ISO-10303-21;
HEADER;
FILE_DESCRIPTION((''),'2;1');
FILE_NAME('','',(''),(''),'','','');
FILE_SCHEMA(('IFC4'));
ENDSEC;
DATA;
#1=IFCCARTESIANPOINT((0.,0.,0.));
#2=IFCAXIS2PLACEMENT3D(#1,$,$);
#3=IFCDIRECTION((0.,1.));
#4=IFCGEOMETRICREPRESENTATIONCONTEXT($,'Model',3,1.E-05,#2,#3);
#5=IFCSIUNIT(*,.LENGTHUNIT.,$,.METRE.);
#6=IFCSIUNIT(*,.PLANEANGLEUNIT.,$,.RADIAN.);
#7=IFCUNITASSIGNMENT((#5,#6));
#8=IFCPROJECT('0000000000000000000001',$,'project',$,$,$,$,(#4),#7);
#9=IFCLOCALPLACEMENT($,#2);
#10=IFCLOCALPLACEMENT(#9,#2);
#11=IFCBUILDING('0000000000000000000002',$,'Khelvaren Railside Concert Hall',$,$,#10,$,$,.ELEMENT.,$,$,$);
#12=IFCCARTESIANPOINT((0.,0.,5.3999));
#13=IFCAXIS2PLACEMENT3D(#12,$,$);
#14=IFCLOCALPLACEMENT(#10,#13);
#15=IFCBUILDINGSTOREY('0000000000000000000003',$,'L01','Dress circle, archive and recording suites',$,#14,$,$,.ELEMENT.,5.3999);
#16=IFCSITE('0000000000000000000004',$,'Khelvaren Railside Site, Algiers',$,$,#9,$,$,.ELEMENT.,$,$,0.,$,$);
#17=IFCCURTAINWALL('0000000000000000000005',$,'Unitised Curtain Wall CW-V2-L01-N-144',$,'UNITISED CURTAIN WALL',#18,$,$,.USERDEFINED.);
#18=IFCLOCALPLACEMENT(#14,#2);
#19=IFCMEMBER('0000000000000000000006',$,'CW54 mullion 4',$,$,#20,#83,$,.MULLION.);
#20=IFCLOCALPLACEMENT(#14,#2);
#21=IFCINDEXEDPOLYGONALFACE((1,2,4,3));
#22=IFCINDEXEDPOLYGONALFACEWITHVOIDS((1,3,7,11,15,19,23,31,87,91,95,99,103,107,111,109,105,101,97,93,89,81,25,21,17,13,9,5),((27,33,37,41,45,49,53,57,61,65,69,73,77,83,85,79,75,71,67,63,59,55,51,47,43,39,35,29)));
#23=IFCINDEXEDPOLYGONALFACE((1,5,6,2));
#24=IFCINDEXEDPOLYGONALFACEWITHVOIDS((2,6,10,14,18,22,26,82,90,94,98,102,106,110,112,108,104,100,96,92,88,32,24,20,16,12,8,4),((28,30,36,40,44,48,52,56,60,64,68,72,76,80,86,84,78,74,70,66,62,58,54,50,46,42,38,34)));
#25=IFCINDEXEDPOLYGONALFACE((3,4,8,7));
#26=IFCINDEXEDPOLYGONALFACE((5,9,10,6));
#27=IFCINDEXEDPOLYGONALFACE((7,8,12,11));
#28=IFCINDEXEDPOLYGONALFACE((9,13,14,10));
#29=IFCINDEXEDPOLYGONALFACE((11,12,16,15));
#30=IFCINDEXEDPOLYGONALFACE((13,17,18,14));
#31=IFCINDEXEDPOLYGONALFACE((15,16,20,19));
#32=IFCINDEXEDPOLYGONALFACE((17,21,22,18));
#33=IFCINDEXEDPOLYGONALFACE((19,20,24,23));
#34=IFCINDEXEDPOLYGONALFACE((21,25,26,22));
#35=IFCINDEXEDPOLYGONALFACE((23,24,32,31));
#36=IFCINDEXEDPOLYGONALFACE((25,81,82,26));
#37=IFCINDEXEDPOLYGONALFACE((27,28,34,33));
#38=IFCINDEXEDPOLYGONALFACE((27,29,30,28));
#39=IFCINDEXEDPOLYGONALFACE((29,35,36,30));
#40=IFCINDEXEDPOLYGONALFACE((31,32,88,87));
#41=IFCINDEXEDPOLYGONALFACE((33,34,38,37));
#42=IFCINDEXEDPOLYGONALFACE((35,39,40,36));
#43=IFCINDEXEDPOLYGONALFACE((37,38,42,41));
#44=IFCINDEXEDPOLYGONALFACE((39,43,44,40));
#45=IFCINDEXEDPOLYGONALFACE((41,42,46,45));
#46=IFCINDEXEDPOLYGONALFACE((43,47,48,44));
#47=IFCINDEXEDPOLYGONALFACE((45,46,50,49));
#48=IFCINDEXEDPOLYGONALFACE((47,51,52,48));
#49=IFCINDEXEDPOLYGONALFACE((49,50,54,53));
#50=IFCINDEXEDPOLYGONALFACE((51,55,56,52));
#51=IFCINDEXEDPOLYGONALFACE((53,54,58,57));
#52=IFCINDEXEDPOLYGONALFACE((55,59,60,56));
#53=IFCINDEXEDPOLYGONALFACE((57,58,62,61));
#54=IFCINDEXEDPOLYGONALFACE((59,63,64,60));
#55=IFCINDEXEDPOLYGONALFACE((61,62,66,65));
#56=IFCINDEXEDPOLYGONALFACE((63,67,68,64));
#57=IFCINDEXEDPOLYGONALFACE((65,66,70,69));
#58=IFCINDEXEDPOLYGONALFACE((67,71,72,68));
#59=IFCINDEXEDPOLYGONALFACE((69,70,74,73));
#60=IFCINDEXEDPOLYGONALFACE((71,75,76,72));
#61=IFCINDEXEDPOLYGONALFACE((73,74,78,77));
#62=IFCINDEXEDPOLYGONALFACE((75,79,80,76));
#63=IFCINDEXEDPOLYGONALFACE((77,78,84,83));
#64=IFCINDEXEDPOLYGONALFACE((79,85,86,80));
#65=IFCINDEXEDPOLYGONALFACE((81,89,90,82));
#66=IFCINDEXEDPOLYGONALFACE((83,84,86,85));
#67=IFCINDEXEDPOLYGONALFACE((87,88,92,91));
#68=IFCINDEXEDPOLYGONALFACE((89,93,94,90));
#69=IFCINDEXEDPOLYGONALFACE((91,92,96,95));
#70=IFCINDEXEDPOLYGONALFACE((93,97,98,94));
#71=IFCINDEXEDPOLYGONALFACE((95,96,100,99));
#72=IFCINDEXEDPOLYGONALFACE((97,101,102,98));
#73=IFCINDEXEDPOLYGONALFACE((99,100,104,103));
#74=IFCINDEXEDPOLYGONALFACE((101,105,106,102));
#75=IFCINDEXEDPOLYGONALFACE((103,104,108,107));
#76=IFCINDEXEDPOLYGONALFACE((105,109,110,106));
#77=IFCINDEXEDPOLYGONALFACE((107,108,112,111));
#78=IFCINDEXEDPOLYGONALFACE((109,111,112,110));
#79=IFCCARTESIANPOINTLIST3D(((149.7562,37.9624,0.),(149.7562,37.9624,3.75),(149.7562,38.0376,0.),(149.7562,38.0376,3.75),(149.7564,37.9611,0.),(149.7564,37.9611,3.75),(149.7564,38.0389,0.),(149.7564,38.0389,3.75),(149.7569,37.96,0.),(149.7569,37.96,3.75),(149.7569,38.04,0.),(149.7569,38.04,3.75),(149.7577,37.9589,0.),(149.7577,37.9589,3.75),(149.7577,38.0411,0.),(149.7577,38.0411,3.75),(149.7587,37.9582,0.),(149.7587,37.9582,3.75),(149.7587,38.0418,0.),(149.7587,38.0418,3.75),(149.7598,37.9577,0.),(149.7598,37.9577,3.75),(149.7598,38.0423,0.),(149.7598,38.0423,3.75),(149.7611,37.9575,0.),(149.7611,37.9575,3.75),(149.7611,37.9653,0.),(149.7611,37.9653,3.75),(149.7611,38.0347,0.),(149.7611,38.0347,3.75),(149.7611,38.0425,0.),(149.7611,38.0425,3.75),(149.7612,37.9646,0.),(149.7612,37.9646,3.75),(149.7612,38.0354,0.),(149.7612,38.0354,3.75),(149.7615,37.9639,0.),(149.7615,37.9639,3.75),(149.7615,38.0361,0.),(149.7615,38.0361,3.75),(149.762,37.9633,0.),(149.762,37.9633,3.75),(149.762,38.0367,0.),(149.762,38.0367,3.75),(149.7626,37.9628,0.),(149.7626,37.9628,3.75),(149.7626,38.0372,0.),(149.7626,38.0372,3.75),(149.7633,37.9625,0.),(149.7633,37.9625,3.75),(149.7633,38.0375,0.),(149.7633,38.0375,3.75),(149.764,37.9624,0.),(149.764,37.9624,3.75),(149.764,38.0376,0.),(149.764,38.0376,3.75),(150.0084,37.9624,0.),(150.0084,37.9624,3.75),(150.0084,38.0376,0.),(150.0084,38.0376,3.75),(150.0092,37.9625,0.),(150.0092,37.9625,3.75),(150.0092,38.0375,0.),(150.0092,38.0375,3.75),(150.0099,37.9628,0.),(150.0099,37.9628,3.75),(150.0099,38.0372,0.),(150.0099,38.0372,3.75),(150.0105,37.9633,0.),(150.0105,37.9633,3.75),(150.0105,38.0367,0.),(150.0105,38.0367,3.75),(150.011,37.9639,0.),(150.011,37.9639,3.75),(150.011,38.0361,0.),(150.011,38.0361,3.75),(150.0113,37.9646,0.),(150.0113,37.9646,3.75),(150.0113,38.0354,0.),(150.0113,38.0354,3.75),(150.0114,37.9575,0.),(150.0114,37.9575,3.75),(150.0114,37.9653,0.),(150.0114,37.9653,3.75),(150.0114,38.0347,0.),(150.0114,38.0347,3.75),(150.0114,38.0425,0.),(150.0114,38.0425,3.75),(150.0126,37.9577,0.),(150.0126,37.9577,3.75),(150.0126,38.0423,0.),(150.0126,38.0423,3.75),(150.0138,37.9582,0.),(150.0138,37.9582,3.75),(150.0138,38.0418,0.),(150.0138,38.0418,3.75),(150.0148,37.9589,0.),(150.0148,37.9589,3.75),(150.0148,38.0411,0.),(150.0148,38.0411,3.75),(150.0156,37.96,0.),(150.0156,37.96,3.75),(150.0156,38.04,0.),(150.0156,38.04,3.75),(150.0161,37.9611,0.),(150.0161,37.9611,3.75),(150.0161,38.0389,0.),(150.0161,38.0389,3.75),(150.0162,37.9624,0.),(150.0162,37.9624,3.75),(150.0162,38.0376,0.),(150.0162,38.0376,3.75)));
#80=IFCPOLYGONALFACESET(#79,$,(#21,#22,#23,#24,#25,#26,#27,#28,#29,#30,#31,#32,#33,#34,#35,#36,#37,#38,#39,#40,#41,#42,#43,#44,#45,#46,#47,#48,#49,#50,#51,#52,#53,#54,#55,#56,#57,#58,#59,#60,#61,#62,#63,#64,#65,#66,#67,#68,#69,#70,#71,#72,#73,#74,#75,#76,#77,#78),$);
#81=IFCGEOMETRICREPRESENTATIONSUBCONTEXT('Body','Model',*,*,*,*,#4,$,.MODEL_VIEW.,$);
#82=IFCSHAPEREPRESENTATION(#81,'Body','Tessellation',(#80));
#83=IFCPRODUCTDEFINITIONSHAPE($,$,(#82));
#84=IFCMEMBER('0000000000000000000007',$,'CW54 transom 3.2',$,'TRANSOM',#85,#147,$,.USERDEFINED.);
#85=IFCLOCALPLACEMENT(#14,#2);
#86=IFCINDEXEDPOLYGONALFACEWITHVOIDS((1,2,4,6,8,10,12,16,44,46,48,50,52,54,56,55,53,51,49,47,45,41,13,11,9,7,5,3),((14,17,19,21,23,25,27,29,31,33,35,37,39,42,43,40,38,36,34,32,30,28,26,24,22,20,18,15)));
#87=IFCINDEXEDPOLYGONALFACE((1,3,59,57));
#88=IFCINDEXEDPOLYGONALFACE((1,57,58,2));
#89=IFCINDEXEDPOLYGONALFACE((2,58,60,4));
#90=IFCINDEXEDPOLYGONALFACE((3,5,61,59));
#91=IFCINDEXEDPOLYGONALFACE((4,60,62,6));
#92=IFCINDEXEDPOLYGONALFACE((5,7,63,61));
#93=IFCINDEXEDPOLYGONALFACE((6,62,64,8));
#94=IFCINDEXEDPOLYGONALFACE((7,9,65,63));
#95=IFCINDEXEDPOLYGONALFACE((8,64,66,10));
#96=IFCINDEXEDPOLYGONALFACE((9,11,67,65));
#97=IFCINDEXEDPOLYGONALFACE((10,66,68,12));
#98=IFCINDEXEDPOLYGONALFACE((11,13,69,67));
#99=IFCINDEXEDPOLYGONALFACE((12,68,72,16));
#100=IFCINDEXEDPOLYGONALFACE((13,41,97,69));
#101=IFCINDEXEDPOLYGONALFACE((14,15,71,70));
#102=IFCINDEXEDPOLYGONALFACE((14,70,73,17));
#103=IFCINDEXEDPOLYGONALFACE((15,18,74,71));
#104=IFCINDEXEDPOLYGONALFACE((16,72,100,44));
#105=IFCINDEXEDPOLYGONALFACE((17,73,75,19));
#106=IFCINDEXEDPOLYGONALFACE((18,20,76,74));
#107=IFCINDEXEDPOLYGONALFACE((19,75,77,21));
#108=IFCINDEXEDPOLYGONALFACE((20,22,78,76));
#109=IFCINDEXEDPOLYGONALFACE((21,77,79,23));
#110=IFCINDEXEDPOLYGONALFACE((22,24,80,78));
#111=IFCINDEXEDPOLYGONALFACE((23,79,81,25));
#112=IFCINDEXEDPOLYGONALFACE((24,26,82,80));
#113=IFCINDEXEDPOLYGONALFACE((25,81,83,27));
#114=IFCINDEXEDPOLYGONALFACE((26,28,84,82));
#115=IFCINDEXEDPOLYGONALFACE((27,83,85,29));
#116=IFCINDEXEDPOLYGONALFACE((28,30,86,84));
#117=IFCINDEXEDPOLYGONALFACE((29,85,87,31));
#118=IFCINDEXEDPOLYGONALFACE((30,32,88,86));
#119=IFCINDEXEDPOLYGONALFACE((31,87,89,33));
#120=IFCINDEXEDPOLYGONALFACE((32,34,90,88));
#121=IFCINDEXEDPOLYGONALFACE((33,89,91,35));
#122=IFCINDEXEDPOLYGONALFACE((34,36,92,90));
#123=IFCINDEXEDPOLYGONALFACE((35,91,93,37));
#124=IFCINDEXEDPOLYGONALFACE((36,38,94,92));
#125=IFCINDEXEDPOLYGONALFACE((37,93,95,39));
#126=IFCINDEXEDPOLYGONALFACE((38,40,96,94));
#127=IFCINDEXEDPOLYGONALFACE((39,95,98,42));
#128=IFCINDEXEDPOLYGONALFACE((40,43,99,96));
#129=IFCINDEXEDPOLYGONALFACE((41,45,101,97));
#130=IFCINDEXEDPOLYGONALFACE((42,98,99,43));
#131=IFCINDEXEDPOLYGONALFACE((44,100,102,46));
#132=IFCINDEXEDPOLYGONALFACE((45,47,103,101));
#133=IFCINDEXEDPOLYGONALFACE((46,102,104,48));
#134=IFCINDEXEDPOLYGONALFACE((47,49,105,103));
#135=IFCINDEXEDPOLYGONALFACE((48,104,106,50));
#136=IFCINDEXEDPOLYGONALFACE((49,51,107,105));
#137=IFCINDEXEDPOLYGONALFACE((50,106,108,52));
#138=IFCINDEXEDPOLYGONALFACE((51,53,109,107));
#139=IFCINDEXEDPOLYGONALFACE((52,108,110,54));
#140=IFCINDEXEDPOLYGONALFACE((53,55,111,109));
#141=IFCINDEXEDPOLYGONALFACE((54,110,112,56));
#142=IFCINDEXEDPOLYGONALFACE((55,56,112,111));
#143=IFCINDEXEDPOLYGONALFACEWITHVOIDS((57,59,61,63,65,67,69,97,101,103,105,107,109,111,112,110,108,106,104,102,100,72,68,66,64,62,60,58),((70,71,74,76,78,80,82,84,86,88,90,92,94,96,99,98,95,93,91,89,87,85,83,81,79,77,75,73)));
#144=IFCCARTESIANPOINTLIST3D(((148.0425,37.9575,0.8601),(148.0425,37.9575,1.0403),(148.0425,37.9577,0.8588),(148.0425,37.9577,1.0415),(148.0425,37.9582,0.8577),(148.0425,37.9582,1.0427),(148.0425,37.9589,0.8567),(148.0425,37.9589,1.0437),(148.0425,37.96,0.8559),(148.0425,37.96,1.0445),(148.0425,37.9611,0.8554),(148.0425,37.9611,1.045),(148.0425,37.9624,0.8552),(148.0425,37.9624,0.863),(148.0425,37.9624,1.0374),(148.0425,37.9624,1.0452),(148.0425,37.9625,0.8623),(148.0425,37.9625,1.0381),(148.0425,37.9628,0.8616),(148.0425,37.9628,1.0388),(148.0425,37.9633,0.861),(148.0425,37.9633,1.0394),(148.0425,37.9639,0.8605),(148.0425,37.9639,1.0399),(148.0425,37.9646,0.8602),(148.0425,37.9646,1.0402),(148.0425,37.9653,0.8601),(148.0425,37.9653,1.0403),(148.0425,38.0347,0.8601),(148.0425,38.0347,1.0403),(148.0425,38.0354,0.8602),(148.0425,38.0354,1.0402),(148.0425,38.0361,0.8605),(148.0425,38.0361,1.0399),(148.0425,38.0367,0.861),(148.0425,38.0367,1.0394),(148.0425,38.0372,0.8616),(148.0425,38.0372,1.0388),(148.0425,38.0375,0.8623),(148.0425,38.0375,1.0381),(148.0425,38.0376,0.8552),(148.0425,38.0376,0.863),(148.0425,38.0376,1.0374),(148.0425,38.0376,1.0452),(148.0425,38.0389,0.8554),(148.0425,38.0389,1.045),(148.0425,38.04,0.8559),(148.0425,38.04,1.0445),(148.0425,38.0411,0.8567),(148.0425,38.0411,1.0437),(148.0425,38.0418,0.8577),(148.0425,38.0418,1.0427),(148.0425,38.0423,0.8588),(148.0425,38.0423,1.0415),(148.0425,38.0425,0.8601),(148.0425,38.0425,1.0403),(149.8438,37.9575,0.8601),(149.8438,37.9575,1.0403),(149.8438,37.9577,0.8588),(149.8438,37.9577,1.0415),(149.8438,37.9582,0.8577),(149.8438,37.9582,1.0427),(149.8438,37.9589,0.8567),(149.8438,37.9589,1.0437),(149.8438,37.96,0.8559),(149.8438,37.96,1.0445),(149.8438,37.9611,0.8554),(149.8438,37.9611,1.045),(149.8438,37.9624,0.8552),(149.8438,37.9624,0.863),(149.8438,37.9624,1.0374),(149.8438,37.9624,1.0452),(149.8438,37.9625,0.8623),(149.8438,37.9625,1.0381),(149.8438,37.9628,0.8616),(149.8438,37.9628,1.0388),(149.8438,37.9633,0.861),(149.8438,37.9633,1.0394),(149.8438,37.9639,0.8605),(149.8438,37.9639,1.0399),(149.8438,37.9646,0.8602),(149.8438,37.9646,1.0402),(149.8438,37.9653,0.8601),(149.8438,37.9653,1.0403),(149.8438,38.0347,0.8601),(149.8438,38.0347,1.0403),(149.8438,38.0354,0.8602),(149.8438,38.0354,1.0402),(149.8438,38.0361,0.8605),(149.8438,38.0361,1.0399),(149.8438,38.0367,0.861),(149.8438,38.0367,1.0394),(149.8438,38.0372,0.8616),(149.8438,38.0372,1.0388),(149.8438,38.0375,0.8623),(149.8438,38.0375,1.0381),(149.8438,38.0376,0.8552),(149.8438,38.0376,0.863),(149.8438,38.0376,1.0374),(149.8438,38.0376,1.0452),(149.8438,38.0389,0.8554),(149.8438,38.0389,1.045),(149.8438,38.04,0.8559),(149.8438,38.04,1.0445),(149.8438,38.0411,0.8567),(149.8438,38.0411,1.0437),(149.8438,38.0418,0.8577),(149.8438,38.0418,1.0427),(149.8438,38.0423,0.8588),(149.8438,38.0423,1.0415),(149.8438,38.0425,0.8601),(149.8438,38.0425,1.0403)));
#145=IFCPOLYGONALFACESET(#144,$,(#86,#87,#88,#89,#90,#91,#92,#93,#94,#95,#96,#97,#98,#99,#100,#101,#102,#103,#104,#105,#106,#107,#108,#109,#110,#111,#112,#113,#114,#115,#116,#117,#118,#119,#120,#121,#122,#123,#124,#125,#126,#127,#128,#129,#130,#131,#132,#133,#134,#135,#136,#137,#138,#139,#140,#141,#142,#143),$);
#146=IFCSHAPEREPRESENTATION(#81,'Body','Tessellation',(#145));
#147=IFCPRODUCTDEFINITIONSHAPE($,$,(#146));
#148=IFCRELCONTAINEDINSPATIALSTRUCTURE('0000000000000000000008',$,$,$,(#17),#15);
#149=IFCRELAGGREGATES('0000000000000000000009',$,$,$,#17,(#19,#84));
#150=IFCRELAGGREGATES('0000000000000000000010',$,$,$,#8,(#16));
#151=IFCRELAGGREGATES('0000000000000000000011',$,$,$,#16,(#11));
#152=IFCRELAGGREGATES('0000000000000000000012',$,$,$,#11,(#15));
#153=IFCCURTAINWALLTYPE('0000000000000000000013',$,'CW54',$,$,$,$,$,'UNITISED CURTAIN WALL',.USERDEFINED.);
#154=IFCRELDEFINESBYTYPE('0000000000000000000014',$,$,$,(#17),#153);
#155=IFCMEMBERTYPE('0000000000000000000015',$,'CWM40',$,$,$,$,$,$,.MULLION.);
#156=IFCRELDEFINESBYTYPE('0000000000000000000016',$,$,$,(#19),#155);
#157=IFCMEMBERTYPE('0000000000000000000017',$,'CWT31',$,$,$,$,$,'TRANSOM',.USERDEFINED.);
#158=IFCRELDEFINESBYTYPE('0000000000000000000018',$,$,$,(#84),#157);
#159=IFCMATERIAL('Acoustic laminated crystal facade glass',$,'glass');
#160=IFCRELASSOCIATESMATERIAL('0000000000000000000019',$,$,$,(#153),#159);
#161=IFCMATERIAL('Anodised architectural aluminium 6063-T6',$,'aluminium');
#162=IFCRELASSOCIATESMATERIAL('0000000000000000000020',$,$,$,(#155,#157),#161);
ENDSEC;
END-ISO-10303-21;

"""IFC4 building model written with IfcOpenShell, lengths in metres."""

from ifc_helpers import new_model, si_unit, direction, frame, origin, origin_2d, place, context, subcontext, project, spatial, hollow_rectangle, extrude, material, material_profile, profile_set, type_object, element, aggregate, save


model = new_model("IFC4")

# Units and contexts
model_context = context("Model", 3, precision=1e-05, world=origin(), true_north=direction((0.0, 1.0)))
body_context = subcontext(model_context, "Body", "Model", "MODEL_VIEW")
ifc_project = project(units=[si_unit("LENGTHUNIT", "METRE"), si_unit("PLANEANGLEUNIT", "RADIAN")], contexts=[model_context])

# Site, building, storey
site_placement = place(None, origin())
site = spatial("IfcSite", under=ifc_project, at=site_placement, Name="Khelvaren Railside Site, Algiers", CompositionType="ELEMENT", RefElevation=0.0)
building_placement = place(site_placement, origin())
building = spatial("IfcBuilding", under=site, at=building_placement, Name="Khelvaren Railside Concert Hall", CompositionType="ELEMENT")
storey_placement = place(building_placement, frame((0.0, 0.0, 5.3999)))
storey = spatial("IfcBuildingStorey", under=building, at=storey_placement, Name="L01", Description="Dress circle, archive and recording suites", CompositionType="ELEMENT", Elevation=5.3999)

# Curtain wall, members
ifc_material_1 = material(Name="Acoustic laminated crystal facade glass", Category="glass")
curtain_wall_type = type_object("IfcCurtainWallType", Name="CW54", ElementType="UNITISED CURTAIN WALL", PredefinedType="USERDEFINED", material=ifc_material_1)
curtain_wall_placement = place(storey_placement, origin())
curtain_wall = element("IfcCurtainWall", 1, at=curtain_wall_placement, inside=storey, type_object=curtain_wall_type, Name="Unitised Curtain Wall CW-V2-L01-N-144", ObjectType="UNITISED CURTAIN WALL", PredefinedType="USERDEFINED")
ifc_material_2 = material(Name="Anodised architectural aluminium 6063-T6", Category="aluminium")
ifc_material_profile_1 = material_profile(ifc_material_2, hollow_rectangle(XDim=0.085, YDim=0.26, WallThickness=0.0049, InnerFilletRadius=0.0029, OuterFilletRadius=0.0049, at=origin_2d()), Name="CWM 85x260x5")
ifc_profile_set_1 = profile_set([ifc_material_profile_1], Name="Anodised architectural aluminium 6063-T6")
member_type_1 = type_object("IfcMemberType", Name="CWM40", PredefinedType="MULLION", material=ifc_profile_set_1)
member_1_placement = place(storey_placement, frame((149.8862, 38.0, 0.0), z_axis=(0.0, 0.0, 1.0), x_axis=(0.0, 1.0, 0.0)))
member_1 = element("IfcMember", 2, at=member_1_placement, type_object=member_type_1, Name="CW54 mullion 4", PredefinedType="MULLION", context=body_context, shape_type="SweptSolid", body=[
    extrude(hollow_rectangle(XDim=0.085, YDim=0.26, WallThickness=0.0049, InnerFilletRadius=0.0029, OuterFilletRadius=0.0049, at=origin_2d()), origin(), (0.0, 0.0, 1.0), 3.75),
])
ifc_material_profile_2 = material_profile(ifc_material_2, hollow_rectangle(XDim=0.085, YDim=0.1899, WallThickness=0.0049, InnerFilletRadius=0.0029, OuterFilletRadius=0.0049, at=origin_2d()), Name="CWT 85x190x5")
ifc_profile_set_2 = profile_set([ifc_material_profile_2], Name="Anodised architectural aluminium 6063-T6")
member_type_2 = type_object("IfcMemberType", Name="CWT31", ElementType="TRANSOM", PredefinedType="USERDEFINED", material=ifc_profile_set_2)
member_2_placement = place(storey_placement, frame((148.0425, 38.0, 0.9502), z_axis=(1.0, 0.0, 0.0), x_axis=(0.0, 1.0, 0.0)))
member_2 = element("IfcMember", 3, at=member_2_placement, type_object=member_type_2, Name="CW54 transom 3.2", ObjectType="TRANSOM", PredefinedType="USERDEFINED", context=body_context, shape_type="SweptSolid", body=[
    extrude(hollow_rectangle(XDim=0.085, YDim=0.1899, WallThickness=0.0049, InnerFilletRadius=0.0029, OuterFilletRadius=0.0049, at=origin_2d()), origin(), (0.0, 0.0, 1.0), 1.8013),
])

aggregate(curtain_wall, [member_1, member_2])

save(model, "model.ifc")
